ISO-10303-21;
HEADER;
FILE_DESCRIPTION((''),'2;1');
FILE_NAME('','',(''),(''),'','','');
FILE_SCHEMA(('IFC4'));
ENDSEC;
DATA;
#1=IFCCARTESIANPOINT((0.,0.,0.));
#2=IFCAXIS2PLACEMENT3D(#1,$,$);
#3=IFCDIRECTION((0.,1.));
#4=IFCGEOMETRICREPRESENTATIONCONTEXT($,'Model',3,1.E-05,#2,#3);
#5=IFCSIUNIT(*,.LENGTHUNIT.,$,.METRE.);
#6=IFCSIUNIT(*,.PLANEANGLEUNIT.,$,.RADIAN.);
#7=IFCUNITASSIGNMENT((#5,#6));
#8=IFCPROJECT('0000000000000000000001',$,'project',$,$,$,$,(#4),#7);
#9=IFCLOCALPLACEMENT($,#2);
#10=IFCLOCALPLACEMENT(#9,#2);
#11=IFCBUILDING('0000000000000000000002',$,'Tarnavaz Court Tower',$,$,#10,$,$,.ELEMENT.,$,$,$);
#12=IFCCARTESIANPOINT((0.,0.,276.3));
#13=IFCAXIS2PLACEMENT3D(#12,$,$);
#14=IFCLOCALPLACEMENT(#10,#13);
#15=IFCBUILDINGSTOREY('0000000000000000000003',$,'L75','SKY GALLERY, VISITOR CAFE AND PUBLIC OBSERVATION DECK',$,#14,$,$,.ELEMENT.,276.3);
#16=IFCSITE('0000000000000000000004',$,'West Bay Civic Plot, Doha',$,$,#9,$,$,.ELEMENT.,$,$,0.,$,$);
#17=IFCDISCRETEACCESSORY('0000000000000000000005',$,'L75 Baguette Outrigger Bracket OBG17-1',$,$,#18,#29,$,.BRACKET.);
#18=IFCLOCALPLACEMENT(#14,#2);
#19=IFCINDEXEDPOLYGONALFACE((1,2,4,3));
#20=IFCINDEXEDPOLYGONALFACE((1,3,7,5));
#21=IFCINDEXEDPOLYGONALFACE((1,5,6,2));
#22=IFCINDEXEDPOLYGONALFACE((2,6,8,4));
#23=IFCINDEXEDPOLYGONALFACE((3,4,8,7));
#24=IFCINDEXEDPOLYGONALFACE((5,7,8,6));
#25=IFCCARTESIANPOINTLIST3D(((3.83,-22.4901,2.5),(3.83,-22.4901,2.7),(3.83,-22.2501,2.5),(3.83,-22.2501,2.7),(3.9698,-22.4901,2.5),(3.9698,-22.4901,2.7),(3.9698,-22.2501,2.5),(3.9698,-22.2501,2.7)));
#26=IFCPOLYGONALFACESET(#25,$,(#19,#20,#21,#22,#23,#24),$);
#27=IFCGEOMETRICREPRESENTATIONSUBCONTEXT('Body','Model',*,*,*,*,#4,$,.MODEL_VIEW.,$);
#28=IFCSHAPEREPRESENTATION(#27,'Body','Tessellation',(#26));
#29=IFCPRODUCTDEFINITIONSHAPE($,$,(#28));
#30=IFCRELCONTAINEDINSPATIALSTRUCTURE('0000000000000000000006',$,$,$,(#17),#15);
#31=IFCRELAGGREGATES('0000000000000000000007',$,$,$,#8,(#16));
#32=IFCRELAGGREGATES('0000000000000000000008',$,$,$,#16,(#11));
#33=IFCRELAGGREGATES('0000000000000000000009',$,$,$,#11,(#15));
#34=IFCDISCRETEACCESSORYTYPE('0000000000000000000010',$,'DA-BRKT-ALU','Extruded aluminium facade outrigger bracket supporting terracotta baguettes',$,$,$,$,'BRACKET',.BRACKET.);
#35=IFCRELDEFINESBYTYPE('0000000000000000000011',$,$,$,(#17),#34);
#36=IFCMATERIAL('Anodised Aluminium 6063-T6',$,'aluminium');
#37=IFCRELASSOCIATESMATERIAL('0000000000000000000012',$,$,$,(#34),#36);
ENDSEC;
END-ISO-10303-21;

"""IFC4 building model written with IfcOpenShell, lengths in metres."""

from ifc_helpers import new_model, si_unit, direction, frame, origin, origin_2d, place, context, subcontext, project, spatial, rectangle, extrude, material, type_object, element, save


model = new_model("IFC4")

# Units and contexts
model_context = context("Model", 3, precision=1e-05, world=origin(), true_north=direction((0.0, 1.0)))
body_context = subcontext(model_context, "Body", "Model", "MODEL_VIEW")
ifc_project = project(units=[si_unit("LENGTHUNIT", "METRE"), si_unit("PLANEANGLEUNIT", "RADIAN")], contexts=[model_context])

# Site, building, storey
site_placement = place(None, origin())
site = spatial("IfcSite", under=ifc_project, at=site_placement, Name="West Bay Civic Plot, Doha", CompositionType="ELEMENT", RefElevation=0.0)
building_placement = place(site_placement, origin())
building = spatial("IfcBuilding", under=site, at=building_placement, Name="Tarnavaz Court Tower", CompositionType="ELEMENT")
storey_placement = place(building_placement, frame((0.0, 0.0, 276.3)))
storey = spatial("IfcBuildingStorey", under=building, at=storey_placement, Name="L75", Description="SKY GALLERY, VISITOR CAFE AND PUBLIC OBSERVATION DECK", CompositionType="ELEMENT", Elevation=276.3)

# Shared definitions
ifc_material_1 = material(Name="Anodised Aluminium 6063-T6", Category="aluminium")

# Discrete accessory
discrete_accessory_type = type_object("IfcDiscreteAccessoryType", Name="DA-BRKT-ALU", Description="Extruded aluminium facade outrigger bracket supporting terracotta baguettes", ElementType="BRACKET", PredefinedType="BRACKET", material=ifc_material_1)
for number, where, z_axis, x_axis, name in (
    (1, (3.8999, -22.3701, 2.5), (0.0, 0.0, 1.0), (-1.0, 0.0, 0.0), "L75 Baguette Outrigger Bracket OBG17-1"),
):
    element("IfcDiscreteAccessory", number, at=place(storey_placement, frame(where, z_axis=z_axis, x_axis=x_axis)), inside=storey, type_object=discrete_accessory_type, Name=name, PredefinedType="BRACKET", context=body_context, shape_type="SweptSolid", body=[
        extrude(rectangle(XDim=0.1399, YDim=0.24, at=origin_2d()), origin(), (0.0, 0.0, 1.0), 0.2),
    ])

save(model, "model.ifc")
